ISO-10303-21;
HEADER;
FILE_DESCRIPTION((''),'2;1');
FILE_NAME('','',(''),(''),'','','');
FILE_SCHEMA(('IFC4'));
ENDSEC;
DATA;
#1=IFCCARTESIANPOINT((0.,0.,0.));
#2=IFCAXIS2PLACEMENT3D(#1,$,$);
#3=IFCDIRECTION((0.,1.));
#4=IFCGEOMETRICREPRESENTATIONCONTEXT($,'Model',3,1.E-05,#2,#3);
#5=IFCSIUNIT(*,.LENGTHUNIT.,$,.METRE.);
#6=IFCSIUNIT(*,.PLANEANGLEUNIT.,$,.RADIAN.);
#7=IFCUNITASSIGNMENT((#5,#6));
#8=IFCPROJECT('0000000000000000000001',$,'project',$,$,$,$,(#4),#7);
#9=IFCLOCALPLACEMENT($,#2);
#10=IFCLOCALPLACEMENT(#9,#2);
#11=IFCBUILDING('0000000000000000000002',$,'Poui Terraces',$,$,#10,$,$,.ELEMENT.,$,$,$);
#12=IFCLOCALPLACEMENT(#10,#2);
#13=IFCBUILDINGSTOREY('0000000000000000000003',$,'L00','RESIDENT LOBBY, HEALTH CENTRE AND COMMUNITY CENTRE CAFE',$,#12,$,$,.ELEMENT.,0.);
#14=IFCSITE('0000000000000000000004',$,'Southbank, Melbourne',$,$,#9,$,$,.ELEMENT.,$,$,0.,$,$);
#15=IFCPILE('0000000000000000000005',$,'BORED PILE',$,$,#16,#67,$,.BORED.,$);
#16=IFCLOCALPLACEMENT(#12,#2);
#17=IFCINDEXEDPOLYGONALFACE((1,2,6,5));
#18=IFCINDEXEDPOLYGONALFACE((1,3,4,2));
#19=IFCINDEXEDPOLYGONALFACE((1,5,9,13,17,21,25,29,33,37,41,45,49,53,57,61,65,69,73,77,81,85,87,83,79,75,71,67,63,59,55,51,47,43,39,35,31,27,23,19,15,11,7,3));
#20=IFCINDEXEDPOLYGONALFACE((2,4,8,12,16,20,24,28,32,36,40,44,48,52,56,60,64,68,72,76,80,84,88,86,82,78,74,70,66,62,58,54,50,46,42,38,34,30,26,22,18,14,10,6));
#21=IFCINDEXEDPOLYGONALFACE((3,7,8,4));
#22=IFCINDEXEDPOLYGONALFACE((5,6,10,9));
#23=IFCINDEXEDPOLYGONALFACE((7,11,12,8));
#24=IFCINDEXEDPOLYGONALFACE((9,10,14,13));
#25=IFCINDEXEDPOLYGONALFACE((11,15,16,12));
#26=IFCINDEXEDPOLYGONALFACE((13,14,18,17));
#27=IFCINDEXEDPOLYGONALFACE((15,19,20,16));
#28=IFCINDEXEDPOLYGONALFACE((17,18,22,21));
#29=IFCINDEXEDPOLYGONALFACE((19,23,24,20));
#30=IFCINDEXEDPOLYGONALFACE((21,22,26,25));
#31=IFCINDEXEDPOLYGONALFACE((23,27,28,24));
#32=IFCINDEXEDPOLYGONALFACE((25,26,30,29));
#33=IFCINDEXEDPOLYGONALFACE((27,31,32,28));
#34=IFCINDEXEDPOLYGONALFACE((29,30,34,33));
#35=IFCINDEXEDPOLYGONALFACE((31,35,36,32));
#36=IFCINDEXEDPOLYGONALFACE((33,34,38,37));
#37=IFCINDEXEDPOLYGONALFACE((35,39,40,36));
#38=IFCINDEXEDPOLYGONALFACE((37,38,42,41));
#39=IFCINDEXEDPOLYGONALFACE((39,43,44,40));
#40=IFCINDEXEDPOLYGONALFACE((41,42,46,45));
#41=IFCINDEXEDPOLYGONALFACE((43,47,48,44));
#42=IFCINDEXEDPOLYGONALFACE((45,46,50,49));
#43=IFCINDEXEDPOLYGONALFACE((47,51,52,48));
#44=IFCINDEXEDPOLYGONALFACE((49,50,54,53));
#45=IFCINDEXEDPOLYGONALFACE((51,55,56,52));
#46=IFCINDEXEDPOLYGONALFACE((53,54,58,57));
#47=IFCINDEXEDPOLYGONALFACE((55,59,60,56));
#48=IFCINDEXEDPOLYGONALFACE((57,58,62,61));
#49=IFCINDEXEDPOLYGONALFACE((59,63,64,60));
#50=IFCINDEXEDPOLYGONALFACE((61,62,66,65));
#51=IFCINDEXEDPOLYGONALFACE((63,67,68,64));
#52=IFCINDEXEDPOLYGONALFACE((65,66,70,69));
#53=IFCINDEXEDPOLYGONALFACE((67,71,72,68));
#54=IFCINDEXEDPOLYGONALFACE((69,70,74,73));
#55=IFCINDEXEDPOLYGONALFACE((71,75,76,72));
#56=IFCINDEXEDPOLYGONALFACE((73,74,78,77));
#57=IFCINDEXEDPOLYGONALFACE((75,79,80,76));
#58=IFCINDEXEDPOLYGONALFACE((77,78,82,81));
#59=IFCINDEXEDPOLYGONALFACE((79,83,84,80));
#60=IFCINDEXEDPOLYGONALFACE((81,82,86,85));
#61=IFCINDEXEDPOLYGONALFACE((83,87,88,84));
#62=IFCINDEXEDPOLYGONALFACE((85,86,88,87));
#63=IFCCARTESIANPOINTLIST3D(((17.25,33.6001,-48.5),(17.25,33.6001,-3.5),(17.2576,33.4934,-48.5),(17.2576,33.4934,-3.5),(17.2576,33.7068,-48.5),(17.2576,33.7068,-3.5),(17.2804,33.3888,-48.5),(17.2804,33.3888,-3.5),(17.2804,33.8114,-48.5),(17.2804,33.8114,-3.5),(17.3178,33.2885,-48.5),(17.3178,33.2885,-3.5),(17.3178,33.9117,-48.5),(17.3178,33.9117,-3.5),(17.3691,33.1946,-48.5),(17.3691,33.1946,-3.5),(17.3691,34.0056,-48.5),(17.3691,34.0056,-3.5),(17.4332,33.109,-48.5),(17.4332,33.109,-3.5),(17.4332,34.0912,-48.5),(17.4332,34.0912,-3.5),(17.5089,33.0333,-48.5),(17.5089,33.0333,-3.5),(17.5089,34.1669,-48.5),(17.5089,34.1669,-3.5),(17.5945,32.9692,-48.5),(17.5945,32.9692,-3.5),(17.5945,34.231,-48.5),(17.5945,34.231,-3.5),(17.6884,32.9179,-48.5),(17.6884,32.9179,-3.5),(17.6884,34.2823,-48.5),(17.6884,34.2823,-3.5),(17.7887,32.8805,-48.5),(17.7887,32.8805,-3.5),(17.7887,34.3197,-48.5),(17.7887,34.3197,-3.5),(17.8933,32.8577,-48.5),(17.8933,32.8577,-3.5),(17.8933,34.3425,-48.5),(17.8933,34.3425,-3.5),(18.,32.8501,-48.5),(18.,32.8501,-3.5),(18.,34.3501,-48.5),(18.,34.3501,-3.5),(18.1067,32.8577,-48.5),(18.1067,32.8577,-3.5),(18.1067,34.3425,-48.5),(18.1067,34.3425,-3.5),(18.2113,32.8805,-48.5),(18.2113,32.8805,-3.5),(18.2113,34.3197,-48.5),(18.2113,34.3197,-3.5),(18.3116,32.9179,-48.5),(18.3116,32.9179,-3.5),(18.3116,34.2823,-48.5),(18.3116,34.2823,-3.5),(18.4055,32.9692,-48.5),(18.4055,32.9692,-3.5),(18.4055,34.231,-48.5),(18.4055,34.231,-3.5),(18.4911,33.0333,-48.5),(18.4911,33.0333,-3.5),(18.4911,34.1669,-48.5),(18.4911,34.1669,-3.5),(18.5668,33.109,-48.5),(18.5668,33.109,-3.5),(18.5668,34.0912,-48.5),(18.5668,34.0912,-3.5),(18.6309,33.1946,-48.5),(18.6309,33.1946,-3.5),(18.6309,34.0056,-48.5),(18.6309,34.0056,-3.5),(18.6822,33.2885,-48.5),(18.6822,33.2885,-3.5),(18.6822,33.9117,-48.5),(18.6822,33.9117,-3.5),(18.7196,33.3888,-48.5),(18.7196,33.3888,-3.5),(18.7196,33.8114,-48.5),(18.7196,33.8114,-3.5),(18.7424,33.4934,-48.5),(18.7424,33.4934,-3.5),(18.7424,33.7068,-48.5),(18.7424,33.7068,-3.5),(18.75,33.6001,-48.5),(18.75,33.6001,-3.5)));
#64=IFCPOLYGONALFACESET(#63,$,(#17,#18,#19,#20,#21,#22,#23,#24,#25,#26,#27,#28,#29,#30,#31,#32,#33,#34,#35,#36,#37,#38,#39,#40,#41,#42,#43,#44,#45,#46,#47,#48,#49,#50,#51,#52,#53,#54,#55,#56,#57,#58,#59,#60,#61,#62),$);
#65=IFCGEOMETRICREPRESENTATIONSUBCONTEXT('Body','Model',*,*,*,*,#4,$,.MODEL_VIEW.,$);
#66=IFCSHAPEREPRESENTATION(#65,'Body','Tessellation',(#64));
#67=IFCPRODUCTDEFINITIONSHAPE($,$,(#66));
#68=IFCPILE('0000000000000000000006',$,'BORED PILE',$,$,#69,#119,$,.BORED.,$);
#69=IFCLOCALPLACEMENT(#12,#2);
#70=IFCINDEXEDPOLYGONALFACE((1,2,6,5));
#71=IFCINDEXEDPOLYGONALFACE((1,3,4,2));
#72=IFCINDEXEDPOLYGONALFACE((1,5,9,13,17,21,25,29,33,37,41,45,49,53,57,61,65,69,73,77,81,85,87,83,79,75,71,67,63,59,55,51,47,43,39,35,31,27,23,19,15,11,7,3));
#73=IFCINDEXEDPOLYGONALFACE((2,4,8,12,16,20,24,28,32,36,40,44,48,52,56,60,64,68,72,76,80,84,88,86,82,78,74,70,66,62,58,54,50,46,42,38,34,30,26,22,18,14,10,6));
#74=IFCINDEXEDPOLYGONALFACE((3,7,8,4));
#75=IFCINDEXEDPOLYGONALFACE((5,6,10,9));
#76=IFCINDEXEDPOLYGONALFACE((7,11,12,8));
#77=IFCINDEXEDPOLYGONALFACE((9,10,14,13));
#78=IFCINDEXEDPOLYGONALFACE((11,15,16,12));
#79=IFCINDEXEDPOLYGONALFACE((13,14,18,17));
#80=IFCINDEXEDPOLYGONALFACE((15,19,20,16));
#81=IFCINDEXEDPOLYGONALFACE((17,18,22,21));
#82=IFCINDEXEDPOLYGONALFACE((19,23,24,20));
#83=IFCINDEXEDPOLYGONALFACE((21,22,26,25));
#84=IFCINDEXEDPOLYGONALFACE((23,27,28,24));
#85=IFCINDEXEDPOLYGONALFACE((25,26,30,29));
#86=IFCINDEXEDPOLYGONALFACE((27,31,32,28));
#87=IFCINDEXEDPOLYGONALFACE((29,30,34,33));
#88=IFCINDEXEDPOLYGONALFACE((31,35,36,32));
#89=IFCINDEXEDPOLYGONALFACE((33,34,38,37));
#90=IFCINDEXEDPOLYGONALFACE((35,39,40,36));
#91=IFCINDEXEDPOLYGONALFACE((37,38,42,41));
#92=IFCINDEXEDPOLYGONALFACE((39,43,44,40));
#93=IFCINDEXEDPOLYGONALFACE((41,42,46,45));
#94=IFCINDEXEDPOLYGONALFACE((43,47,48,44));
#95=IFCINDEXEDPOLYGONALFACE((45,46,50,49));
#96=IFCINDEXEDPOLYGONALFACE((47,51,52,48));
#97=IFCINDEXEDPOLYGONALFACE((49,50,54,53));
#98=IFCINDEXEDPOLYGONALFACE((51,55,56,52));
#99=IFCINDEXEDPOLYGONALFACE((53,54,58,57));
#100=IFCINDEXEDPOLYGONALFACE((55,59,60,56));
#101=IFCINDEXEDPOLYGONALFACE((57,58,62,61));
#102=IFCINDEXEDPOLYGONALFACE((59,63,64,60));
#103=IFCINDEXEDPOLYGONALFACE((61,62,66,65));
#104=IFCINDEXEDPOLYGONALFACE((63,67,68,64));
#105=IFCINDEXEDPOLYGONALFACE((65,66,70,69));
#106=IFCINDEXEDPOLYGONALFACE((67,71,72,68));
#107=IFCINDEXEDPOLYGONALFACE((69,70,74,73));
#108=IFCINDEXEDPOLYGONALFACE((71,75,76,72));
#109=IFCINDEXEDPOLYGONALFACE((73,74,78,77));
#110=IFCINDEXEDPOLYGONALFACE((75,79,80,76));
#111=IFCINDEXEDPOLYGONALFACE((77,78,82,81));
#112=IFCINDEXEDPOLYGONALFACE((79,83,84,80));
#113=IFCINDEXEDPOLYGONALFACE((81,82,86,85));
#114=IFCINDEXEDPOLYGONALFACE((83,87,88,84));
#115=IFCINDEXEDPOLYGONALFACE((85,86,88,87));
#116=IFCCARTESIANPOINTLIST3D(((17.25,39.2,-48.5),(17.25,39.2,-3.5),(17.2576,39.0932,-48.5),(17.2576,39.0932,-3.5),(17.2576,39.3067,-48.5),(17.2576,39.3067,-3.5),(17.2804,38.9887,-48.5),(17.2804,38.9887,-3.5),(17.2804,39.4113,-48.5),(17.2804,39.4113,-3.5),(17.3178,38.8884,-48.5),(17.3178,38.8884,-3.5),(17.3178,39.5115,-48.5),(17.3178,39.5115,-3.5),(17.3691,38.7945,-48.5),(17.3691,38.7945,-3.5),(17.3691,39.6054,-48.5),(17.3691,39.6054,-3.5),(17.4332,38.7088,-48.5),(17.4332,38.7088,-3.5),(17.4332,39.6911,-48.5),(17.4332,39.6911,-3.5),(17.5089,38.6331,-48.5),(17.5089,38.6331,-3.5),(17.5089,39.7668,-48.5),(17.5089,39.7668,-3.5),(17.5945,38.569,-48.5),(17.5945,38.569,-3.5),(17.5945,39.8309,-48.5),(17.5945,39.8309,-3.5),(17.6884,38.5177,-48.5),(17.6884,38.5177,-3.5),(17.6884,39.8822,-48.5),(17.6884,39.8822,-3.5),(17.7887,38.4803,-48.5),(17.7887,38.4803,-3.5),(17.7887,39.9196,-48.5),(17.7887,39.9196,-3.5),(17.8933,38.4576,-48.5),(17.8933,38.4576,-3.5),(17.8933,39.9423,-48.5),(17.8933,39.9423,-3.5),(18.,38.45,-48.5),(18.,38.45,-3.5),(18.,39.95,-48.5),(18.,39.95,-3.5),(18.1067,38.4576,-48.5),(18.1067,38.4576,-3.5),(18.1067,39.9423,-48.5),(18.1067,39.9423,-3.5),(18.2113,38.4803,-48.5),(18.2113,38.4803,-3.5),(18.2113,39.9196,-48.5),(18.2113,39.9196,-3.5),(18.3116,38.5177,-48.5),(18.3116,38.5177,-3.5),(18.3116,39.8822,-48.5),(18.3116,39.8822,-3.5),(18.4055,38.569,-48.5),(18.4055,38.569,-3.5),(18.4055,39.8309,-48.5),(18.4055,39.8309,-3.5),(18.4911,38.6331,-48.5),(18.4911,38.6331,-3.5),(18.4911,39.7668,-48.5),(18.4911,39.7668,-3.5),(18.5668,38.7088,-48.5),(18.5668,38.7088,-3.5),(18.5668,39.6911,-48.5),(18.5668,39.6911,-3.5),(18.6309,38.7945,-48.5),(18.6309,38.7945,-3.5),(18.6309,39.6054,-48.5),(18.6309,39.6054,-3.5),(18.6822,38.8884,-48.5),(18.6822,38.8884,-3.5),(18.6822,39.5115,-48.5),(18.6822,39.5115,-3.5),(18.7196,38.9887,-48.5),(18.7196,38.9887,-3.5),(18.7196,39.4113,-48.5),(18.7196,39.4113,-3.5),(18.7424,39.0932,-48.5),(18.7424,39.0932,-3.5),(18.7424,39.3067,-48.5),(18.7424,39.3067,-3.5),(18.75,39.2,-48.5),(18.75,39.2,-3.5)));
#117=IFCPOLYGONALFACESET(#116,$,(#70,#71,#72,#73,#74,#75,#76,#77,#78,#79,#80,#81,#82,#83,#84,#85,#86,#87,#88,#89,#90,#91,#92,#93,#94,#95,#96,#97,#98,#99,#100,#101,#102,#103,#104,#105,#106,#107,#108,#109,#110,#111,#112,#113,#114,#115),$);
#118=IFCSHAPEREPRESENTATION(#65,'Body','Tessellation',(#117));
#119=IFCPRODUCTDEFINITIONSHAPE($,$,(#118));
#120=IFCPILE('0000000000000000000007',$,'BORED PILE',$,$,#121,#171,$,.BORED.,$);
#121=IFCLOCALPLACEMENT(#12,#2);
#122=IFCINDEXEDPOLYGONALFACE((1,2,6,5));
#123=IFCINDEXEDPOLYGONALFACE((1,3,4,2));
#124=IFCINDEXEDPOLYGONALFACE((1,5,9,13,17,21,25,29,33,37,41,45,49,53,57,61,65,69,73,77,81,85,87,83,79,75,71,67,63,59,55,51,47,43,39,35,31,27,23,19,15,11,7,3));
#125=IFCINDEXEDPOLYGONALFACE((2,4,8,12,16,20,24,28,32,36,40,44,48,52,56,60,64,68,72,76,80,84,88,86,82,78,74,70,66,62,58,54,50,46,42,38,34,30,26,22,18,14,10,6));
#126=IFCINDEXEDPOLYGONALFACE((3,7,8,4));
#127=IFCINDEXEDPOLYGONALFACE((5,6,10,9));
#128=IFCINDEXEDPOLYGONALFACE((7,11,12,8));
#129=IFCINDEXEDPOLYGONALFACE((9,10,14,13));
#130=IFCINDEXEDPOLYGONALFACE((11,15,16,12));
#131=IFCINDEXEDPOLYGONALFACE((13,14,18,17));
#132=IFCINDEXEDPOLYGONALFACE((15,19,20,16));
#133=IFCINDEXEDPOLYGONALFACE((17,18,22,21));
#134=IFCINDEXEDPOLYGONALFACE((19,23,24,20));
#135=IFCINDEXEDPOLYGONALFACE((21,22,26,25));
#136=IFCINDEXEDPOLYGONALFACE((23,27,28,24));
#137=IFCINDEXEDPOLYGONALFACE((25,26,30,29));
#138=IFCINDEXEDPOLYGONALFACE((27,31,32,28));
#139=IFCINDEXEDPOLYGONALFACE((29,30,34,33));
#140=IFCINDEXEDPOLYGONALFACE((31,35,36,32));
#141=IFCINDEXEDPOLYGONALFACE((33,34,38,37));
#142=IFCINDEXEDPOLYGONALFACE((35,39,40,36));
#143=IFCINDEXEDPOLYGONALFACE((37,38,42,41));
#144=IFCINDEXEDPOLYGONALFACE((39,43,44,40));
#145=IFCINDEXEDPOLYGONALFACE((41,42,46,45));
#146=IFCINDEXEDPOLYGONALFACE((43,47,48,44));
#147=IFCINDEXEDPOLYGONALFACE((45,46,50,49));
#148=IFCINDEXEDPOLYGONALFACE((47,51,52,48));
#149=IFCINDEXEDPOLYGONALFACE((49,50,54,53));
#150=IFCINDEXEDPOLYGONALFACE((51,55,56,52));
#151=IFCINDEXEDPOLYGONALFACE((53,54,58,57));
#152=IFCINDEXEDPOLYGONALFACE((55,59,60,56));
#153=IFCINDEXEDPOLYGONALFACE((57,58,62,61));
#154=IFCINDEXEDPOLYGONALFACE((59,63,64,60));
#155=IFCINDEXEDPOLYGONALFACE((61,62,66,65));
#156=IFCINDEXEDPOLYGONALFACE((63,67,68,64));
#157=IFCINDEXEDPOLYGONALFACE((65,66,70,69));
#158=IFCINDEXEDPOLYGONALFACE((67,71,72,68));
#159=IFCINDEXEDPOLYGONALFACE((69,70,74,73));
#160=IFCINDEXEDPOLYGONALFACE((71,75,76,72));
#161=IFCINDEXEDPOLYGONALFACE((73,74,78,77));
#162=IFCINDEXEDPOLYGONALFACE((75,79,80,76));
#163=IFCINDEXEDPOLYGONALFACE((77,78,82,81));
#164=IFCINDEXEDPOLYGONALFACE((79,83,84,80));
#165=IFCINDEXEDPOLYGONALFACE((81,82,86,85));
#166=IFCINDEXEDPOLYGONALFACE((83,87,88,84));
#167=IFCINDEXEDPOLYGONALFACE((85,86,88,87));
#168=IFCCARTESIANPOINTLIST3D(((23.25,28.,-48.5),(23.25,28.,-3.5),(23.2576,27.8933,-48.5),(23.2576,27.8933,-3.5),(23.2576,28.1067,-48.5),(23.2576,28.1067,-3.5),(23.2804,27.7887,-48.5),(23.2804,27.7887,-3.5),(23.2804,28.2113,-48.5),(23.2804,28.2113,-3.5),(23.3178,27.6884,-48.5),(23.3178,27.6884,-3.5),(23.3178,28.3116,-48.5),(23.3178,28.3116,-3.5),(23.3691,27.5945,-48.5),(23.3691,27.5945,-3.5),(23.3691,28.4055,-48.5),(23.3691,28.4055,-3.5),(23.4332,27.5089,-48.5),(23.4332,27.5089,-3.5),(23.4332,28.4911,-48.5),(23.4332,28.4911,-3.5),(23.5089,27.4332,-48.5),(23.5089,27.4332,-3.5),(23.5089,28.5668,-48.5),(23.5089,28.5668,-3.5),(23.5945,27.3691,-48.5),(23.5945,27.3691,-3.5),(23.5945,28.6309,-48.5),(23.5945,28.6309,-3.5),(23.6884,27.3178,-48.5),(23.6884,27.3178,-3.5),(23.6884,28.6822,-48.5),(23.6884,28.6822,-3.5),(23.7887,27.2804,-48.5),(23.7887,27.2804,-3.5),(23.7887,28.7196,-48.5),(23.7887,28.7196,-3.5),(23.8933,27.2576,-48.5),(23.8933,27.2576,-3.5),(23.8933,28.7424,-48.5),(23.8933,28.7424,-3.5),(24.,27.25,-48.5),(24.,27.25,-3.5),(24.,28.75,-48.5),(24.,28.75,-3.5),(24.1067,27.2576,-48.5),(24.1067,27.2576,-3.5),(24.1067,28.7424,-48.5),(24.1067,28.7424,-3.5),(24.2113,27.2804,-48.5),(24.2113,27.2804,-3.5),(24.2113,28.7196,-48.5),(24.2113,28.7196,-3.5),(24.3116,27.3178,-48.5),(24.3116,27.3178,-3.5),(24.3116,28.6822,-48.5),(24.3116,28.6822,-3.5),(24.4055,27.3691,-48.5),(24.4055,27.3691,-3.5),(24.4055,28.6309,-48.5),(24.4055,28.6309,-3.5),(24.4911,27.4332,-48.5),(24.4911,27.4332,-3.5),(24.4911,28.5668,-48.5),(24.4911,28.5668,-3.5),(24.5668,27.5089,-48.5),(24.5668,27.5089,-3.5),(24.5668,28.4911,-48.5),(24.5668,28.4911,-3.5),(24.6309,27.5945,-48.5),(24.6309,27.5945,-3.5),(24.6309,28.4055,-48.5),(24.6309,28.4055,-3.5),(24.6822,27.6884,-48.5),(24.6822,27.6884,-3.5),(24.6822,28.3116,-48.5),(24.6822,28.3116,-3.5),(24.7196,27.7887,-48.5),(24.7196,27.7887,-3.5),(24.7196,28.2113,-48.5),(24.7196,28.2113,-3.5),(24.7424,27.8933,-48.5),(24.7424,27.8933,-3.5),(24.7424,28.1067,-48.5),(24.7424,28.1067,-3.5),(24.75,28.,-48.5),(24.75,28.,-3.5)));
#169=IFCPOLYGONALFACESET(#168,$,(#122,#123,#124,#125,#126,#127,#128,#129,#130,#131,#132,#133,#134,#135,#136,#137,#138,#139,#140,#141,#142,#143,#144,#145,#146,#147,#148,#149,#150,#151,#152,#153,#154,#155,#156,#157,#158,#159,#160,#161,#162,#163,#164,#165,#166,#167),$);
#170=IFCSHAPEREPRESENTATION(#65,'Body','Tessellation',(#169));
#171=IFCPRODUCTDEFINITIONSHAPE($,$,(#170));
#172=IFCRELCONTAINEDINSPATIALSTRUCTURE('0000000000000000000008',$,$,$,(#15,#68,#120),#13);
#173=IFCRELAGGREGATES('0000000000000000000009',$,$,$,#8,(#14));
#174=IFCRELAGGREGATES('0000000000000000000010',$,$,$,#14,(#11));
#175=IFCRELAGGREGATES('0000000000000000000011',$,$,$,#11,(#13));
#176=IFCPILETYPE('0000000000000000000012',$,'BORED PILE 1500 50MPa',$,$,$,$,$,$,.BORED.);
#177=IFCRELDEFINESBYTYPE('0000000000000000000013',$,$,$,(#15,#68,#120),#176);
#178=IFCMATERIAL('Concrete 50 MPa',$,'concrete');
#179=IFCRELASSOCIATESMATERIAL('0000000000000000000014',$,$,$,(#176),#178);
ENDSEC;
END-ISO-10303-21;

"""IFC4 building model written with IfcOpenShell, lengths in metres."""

from ifc_helpers import new_model, si_unit, direction, frame, origin, origin_2d, place, context, subcontext, project, spatial, circle, extrude, material, material_profile, profile_set, type_object, element, save


model = new_model("IFC4")

# Units and contexts
model_context = context("Model", 3, precision=1e-05, world=origin(), true_north=direction((0.0, 1.0)))
body_context = subcontext(model_context, "Body", "Model", "MODEL_VIEW")
ifc_project = project(units=[si_unit("LENGTHUNIT", "METRE"), si_unit("PLANEANGLEUNIT", "RADIAN")], contexts=[model_context])

# Site, building, storey
site_placement = place(None, origin())
site = spatial("IfcSite", under=ifc_project, at=site_placement, Name="Southbank, Melbourne", CompositionType="ELEMENT", RefElevation=0.0)
building_placement = place(site_placement, origin())
building = spatial("IfcBuilding", under=site, at=building_placement, Name="Poui Terraces", CompositionType="ELEMENT")
storey_placement = place(building_placement, origin())
storey = spatial("IfcBuildingStorey", under=building, at=storey_placement, Name="L00", Description="RESIDENT LOBBY, HEALTH CENTRE AND COMMUNITY CENTRE CAFE", CompositionType="ELEMENT", Elevation=0.0)

# Piles
ifc_material_1 = material(Name="Concrete 50 MPa", Category="concrete")
ifc_material_profile_1 = material_profile(ifc_material_1, circle(Radius=0.75, at=origin_2d()), Name="RC D1500")
ifc_profile_set_1 = profile_set([ifc_material_profile_1], Name="Concrete 50 MPa")
pile_type = type_object("IfcPileType", Name="BORED PILE 1500 50MPa", PredefinedType="BORED", material=ifc_profile_set_1)
for number, where, z_axis, x_axis, name in (
    (1, (18.0, 33.6001, -3.5), (0.0, 0.0, -1.0), (1.0, 0.0, 0.0), "BORED PILE"),
    (2, (18.0, 39.2, -3.5), (0.0, 0.0, -1.0), (1.0, 0.0, 0.0), "BORED PILE"),
    (3, (24.0, 28.0, -3.5), (0.0, 0.0, -1.0), (1.0, 0.0, 0.0), "BORED PILE"),
):
    element("IfcPile", number, at=place(storey_placement, frame(where, z_axis=z_axis, x_axis=x_axis)), inside=storey, type_object=pile_type, Name=name, PredefinedType="BORED", context=body_context, shape_type="SweptSolid", body=[
        extrude(circle(Radius=0.75, at=origin_2d()), origin(), (0.0, 0.0, 1.0), 45.0),
    ])

save(model, "model.ifc")
